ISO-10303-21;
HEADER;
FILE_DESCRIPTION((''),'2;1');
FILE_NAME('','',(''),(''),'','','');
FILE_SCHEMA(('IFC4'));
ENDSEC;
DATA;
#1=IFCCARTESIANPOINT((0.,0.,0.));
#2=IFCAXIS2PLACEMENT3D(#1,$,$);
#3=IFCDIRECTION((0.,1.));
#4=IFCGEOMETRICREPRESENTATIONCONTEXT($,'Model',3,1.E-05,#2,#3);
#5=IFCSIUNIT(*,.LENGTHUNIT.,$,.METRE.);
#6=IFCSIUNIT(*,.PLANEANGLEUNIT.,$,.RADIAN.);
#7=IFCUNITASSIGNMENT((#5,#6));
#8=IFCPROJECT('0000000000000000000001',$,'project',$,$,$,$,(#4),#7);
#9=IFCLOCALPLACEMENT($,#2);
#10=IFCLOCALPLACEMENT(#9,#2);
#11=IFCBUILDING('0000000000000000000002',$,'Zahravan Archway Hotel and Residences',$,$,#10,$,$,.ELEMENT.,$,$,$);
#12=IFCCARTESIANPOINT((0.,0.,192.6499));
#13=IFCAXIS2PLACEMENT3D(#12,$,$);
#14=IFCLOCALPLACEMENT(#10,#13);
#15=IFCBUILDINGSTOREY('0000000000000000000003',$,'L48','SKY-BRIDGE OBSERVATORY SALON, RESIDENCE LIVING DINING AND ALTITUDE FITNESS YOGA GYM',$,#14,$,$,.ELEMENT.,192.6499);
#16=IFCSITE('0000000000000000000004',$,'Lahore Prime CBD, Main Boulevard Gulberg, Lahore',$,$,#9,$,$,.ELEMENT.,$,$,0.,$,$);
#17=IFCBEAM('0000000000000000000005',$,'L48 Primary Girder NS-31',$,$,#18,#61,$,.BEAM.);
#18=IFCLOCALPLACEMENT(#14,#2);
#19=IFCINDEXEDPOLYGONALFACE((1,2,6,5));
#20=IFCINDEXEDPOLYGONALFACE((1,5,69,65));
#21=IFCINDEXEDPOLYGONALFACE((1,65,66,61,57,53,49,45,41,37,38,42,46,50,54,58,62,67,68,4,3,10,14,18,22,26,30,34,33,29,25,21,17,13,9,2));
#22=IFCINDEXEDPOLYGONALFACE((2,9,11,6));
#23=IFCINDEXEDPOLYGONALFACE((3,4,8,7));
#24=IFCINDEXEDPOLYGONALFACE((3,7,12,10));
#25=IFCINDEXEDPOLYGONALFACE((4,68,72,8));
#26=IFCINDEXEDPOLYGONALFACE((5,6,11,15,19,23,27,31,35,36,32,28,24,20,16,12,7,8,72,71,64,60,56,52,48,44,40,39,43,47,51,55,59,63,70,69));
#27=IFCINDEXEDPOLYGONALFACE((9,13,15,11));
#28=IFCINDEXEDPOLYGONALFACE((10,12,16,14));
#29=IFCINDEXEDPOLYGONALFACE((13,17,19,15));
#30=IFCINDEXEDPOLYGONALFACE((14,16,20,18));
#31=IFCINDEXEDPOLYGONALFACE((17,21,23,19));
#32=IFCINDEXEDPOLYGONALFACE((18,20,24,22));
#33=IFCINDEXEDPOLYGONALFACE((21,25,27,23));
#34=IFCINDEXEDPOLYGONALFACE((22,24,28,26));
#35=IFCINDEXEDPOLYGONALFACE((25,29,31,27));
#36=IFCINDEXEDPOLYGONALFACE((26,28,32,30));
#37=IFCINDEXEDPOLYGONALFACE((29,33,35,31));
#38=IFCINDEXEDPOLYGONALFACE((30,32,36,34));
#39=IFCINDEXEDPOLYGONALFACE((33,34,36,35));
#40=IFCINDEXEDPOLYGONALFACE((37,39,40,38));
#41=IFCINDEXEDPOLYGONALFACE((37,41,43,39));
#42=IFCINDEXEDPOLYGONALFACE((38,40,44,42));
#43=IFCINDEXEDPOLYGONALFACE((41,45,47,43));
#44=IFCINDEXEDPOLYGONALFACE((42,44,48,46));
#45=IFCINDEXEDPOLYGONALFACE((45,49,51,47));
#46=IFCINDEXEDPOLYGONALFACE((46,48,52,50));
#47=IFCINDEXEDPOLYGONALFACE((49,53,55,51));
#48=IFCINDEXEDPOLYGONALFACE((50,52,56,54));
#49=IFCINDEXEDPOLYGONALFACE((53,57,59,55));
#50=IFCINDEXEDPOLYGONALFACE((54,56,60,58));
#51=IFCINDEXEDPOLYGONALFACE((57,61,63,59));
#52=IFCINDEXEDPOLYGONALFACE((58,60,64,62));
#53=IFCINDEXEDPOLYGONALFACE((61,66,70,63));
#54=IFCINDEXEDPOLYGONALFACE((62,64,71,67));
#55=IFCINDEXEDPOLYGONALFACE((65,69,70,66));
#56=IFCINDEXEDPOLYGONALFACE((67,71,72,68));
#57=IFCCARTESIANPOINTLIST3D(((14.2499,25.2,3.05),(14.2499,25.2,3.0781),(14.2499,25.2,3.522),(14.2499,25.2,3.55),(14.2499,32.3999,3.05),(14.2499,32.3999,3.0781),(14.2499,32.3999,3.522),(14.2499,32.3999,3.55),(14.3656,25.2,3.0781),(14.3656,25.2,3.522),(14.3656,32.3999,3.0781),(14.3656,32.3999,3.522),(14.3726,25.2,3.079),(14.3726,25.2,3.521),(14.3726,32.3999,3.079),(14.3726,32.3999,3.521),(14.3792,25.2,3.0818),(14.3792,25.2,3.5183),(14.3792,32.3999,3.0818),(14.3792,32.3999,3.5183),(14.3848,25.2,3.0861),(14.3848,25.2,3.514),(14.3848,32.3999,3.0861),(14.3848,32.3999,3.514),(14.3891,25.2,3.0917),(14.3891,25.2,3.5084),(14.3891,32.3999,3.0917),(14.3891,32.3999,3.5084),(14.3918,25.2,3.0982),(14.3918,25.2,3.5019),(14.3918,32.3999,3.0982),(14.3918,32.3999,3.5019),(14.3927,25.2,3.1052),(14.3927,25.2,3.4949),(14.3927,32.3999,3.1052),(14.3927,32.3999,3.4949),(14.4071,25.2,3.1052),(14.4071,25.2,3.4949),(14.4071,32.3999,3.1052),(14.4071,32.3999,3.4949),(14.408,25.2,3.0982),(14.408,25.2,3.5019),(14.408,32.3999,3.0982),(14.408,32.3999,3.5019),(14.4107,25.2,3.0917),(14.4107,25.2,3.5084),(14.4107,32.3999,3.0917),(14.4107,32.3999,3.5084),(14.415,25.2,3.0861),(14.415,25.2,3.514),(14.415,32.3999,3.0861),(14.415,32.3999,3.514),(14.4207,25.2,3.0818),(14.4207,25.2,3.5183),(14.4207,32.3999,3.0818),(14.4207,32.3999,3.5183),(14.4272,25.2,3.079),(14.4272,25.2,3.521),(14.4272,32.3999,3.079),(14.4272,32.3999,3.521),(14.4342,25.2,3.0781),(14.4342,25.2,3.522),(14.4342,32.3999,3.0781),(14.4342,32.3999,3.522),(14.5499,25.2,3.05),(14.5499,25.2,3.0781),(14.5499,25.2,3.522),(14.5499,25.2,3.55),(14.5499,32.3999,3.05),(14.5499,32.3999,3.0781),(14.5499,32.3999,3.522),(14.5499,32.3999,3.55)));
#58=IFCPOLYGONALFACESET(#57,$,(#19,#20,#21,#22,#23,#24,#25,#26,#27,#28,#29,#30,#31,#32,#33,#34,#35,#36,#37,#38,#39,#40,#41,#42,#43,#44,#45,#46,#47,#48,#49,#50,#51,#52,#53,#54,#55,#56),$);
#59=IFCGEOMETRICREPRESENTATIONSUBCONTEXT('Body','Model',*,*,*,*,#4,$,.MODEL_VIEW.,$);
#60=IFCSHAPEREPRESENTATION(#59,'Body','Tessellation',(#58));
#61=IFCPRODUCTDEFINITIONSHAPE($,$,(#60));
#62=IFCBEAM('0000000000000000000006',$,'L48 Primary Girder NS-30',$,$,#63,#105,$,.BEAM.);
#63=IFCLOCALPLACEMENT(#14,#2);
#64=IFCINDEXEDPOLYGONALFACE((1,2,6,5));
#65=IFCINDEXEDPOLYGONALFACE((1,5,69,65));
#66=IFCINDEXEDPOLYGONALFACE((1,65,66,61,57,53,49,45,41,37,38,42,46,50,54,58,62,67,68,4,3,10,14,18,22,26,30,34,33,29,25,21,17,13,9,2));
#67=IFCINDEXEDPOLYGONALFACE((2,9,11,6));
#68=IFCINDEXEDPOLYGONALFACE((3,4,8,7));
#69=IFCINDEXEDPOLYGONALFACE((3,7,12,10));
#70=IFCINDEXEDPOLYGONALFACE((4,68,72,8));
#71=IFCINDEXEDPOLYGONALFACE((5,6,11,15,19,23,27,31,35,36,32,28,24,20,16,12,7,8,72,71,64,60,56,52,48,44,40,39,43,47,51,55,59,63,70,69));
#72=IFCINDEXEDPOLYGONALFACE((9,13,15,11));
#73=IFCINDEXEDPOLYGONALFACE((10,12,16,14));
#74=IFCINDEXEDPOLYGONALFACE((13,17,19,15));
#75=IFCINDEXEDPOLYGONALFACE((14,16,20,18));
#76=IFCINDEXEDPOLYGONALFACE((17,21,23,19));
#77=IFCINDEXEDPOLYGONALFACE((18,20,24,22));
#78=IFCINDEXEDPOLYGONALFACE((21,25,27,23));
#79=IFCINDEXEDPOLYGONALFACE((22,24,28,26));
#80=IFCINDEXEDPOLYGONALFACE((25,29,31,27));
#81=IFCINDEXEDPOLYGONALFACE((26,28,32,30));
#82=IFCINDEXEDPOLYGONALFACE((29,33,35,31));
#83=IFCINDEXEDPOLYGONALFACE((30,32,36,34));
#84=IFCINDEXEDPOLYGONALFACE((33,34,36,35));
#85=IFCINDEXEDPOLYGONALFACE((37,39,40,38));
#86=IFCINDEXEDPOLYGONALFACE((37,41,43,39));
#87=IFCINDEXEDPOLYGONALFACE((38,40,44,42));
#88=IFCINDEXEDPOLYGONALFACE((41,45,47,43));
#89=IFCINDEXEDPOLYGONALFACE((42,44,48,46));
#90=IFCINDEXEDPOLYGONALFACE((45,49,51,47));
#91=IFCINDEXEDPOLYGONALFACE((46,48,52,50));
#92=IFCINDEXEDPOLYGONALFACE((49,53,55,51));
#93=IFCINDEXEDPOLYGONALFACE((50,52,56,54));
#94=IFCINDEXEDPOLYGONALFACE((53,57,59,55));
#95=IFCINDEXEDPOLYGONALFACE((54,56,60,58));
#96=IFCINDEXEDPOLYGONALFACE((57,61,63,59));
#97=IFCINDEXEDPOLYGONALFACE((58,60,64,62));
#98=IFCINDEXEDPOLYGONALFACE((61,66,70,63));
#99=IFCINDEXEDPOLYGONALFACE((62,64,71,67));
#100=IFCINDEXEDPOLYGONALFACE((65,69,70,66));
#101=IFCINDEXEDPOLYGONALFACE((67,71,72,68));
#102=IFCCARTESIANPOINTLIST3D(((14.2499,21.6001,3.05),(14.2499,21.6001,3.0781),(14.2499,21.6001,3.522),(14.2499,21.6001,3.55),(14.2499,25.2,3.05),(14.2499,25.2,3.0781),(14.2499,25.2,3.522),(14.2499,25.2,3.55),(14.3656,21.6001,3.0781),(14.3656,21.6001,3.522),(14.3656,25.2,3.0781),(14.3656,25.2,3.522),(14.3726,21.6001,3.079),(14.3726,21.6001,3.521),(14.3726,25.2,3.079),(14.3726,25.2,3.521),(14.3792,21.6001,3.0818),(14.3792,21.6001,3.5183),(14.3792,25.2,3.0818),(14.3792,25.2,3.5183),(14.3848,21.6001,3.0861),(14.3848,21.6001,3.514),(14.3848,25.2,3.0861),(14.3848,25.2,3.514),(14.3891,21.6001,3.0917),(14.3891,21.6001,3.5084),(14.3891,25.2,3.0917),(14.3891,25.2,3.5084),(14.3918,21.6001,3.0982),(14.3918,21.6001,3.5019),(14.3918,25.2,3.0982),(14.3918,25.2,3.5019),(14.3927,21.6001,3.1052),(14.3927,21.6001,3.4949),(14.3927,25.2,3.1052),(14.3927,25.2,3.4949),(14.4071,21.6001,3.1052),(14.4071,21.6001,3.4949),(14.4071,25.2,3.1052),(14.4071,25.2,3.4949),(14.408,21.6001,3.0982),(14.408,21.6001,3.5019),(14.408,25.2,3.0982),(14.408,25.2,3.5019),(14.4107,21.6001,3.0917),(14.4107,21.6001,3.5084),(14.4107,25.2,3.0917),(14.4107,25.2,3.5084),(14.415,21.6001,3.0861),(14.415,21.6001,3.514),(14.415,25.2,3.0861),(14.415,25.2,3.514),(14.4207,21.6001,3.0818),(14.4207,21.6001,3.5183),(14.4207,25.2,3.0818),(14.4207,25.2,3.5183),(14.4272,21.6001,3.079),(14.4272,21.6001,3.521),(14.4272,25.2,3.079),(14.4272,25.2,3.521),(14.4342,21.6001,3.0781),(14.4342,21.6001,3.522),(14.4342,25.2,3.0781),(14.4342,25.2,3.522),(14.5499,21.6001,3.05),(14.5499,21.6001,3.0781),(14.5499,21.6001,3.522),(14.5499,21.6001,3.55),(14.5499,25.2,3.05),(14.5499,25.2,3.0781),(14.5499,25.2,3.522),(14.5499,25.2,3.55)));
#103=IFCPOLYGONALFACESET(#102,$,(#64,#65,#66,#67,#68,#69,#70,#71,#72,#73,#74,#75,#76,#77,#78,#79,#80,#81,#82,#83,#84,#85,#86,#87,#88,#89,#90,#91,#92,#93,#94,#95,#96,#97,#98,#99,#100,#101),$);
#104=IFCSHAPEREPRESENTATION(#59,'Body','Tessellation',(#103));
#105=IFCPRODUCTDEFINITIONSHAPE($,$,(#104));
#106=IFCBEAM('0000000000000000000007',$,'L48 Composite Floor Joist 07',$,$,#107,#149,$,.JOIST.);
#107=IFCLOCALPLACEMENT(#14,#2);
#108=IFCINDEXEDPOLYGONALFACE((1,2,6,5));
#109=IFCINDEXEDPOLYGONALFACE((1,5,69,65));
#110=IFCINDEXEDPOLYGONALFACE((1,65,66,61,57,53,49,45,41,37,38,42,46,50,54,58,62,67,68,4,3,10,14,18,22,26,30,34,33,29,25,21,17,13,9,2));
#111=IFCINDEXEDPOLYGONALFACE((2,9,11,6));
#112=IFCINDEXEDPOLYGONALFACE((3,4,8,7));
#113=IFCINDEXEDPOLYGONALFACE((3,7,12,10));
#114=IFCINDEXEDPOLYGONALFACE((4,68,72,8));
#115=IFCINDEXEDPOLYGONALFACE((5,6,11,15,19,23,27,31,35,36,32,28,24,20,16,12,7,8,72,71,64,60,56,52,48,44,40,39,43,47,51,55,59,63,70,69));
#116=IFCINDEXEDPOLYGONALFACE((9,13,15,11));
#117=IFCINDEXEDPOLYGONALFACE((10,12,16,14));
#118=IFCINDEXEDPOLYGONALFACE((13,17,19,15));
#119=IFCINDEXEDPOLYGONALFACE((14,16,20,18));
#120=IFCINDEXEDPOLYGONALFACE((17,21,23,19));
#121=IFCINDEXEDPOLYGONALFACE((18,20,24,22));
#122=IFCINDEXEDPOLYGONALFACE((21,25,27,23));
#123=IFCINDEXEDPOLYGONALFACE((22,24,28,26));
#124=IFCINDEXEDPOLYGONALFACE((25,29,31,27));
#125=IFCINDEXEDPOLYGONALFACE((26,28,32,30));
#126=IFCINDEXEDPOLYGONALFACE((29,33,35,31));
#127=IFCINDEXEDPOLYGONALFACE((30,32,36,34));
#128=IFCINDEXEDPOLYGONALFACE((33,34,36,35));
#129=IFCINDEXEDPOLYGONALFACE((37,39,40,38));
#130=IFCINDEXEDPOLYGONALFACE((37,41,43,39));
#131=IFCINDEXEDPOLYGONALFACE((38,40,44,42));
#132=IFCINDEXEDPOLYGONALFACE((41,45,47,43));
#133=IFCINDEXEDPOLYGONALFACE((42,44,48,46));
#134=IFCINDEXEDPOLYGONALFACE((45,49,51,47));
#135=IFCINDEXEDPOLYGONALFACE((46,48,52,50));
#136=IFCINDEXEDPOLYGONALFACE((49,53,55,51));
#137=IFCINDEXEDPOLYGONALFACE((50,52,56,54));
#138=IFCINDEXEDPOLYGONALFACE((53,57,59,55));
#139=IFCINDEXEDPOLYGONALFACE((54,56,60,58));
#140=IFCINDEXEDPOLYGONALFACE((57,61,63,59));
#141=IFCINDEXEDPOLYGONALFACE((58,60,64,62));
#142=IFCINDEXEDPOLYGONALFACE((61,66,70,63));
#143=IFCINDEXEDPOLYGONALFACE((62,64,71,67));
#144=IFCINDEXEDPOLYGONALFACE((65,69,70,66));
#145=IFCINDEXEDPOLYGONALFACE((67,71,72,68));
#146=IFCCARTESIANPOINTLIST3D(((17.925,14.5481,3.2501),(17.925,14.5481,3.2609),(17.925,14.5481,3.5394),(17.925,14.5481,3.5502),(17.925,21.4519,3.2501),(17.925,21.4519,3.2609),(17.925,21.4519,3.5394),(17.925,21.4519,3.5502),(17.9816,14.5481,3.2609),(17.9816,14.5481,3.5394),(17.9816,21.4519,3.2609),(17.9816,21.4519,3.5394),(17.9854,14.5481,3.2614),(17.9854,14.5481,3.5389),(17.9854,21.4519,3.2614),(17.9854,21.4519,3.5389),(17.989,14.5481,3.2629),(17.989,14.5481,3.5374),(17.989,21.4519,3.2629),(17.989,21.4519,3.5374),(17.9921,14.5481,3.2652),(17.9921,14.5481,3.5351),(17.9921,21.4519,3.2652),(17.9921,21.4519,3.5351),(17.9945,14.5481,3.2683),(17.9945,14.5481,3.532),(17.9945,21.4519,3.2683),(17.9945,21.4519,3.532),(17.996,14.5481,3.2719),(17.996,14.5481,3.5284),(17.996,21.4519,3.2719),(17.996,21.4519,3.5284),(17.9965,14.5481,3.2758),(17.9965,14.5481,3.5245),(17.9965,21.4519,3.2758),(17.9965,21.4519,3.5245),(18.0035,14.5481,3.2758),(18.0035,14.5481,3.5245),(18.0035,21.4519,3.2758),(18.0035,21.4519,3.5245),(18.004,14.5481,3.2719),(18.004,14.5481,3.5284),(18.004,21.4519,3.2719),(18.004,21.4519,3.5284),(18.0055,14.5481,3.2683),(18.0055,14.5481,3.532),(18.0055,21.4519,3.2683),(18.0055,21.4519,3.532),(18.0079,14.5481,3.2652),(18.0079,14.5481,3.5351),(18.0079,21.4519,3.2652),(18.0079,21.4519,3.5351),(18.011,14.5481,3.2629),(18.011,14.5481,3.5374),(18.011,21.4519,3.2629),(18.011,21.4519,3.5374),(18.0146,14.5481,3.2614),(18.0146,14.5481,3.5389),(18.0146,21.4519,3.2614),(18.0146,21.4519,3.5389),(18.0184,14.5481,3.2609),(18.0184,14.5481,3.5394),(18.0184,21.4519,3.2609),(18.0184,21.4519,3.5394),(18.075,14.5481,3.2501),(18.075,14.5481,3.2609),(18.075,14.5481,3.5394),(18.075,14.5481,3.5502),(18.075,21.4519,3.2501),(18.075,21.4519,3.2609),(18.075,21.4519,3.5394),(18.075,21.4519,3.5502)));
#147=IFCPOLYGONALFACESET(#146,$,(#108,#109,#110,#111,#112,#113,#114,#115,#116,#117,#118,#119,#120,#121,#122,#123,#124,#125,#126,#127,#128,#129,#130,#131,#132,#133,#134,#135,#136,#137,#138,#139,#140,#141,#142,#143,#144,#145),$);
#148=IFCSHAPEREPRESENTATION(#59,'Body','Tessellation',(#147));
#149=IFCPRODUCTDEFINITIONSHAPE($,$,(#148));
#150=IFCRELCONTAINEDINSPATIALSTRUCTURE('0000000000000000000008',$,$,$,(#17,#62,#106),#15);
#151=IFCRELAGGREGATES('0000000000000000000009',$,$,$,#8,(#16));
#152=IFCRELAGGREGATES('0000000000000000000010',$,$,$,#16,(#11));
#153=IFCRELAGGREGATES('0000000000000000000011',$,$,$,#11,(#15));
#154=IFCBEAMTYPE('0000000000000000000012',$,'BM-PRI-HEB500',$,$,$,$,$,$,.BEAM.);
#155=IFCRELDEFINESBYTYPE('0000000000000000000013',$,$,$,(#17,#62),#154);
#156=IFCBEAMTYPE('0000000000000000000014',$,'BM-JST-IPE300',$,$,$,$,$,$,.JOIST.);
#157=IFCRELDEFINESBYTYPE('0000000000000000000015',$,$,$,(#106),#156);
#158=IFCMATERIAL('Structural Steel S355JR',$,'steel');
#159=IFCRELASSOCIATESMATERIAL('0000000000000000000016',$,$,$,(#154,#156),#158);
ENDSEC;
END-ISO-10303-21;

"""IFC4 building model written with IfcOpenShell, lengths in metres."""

from ifc_helpers import new_model, si_unit, direction, frame, origin, origin_2d, place, context, subcontext, project, spatial, i_section, extrude, source, transform, mapped, material, material_profile, profile_set, type_object, element, save


model = new_model("IFC4")

# Units and contexts
model_context = context("Model", 3, precision=1e-05, world=origin(), true_north=direction((0.0, 1.0)))
body_context = subcontext(model_context, "Body", "Model", "MODEL_VIEW")
ifc_project = project(units=[si_unit("LENGTHUNIT", "METRE"), si_unit("PLANEANGLEUNIT", "RADIAN")], contexts=[model_context])

# Site, building, storey
site_placement = place(None, origin())
site = spatial("IfcSite", under=ifc_project, at=site_placement, Name="Lahore Prime CBD, Main Boulevard Gulberg, Lahore", CompositionType="ELEMENT", RefElevation=0.0)
building_placement = place(site_placement, origin())
building = spatial("IfcBuilding", under=site, at=building_placement, Name="Zahravan Archway Hotel and Residences", CompositionType="ELEMENT")
storey_placement = place(building_placement, frame((0.0, 0.0, 192.6499)))
storey = spatial("IfcBuildingStorey", under=building, at=storey_placement, Name="L48", Description="SKY-BRIDGE OBSERVATORY SALON, RESIDENCE LIVING DINING AND ALTITUDE FITNESS YOGA GYM", CompositionType="ELEMENT", Elevation=192.6499)

# Beams
ifc_material_1 = material(Name="Structural Steel S355JR", Category="steel")
ifc_material_profile_1 = material_profile(ifc_material_1, i_section(OverallWidth=0.3, OverallDepth=0.5, WebThickness=0.0144, FlangeThickness=0.0281, FilletRadius=0.0271, at=origin_2d()), Name="HEB 500", Category="steel")
ifc_profile_set_1 = profile_set([ifc_material_profile_1], Name="Structural Steel S355JR")
beam_type_1 = type_object("IfcBeamType", Name="BM-PRI-HEB500", PredefinedType="BEAM", material=ifc_profile_set_1)
shared_shape_1 = source(origin(), body_context, "Body", "SweptSolid", [
    extrude(i_section(OverallWidth=0.3, OverallDepth=0.5, WebThickness=0.0144, FlangeThickness=0.0281, FilletRadius=0.0271, at=origin_2d()), origin(), (0.0, 0.0, 1.0), 7.2),
])
for number, where, z_axis, x_axis, name in (
    (1, (14.3999, 25.2, 3.3), (0.0, 1.0, 0.0), (-1.0, 0.0, 0.0), "L48 Primary Girder NS-31"),
):
    element("IfcBeam", number, at=place(storey_placement, frame(where, z_axis=z_axis, x_axis=x_axis)), inside=storey, type_object=beam_type_1, Name=name, PredefinedType="BEAM", context=body_context, shape_type="MappedRepresentation", body=[
        mapped(shared_shape_1, transform((0.0, 0.0, 0.0), scale=1.0)),
    ])
shared_shape_2 = source(origin(), body_context, "Body", "SweptSolid", [
    extrude(i_section(OverallWidth=0.3, OverallDepth=0.5, WebThickness=0.0144, FlangeThickness=0.0281, FilletRadius=0.0271, at=origin_2d()), origin(), (0.0, 0.0, 1.0), 3.5999),
])
beam_1_placement = place(storey_placement, frame((14.3999, 21.6001, 3.3), z_axis=(0.0, 1.0, 0.0), x_axis=(-1.0, 0.0, 0.0)))
element("IfcBeam", 2, at=beam_1_placement, inside=storey, type_object=beam_type_1, Name="L48 Primary Girder NS-30", PredefinedType="BEAM", context=body_context, shape_type="MappedRepresentation", body=[
    mapped(shared_shape_2, transform((0.0, 0.0, 0.0), scale=1.0)),
])
ifc_material_profile_2 = material_profile(ifc_material_1, i_section(OverallWidth=0.1499, OverallDepth=0.3, WebThickness=0.0071, FlangeThickness=0.0107, FilletRadius=0.0149, at=origin_2d()), Name="IPE 300", Category="steel")
ifc_profile_set_2 = profile_set([ifc_material_profile_2], Name="Structural Steel S355JR")
beam_type_2 = type_object("IfcBeamType", Name="BM-JST-IPE300", PredefinedType="JOIST", material=ifc_profile_set_2)
shared_shape_3 = source(origin(), body_context, "Body", "SweptSolid", [
    extrude(i_section(OverallWidth=0.1499, OverallDepth=0.3, WebThickness=0.0071, FlangeThickness=0.0107, FilletRadius=0.0149, at=origin_2d()), origin(), (0.0, 0.0, 1.0), 6.9038),
])
beam_2_placement = place(storey_placement, frame((18.0, 14.5481, 3.4001), z_axis=(0.0, 1.0, 0.0), x_axis=(-1.0, 0.0, 0.0)))
element("IfcBeam", 3, at=beam_2_placement, inside=storey, type_object=beam_type_2, Name="L48 Composite Floor Joist 07", PredefinedType="JOIST", context=body_context, shape_type="MappedRepresentation", body=[
    mapped(shared_shape_3, transform((0.0, 0.0, 0.0), scale=1.0)),
])

save(model, "model.ifc")
